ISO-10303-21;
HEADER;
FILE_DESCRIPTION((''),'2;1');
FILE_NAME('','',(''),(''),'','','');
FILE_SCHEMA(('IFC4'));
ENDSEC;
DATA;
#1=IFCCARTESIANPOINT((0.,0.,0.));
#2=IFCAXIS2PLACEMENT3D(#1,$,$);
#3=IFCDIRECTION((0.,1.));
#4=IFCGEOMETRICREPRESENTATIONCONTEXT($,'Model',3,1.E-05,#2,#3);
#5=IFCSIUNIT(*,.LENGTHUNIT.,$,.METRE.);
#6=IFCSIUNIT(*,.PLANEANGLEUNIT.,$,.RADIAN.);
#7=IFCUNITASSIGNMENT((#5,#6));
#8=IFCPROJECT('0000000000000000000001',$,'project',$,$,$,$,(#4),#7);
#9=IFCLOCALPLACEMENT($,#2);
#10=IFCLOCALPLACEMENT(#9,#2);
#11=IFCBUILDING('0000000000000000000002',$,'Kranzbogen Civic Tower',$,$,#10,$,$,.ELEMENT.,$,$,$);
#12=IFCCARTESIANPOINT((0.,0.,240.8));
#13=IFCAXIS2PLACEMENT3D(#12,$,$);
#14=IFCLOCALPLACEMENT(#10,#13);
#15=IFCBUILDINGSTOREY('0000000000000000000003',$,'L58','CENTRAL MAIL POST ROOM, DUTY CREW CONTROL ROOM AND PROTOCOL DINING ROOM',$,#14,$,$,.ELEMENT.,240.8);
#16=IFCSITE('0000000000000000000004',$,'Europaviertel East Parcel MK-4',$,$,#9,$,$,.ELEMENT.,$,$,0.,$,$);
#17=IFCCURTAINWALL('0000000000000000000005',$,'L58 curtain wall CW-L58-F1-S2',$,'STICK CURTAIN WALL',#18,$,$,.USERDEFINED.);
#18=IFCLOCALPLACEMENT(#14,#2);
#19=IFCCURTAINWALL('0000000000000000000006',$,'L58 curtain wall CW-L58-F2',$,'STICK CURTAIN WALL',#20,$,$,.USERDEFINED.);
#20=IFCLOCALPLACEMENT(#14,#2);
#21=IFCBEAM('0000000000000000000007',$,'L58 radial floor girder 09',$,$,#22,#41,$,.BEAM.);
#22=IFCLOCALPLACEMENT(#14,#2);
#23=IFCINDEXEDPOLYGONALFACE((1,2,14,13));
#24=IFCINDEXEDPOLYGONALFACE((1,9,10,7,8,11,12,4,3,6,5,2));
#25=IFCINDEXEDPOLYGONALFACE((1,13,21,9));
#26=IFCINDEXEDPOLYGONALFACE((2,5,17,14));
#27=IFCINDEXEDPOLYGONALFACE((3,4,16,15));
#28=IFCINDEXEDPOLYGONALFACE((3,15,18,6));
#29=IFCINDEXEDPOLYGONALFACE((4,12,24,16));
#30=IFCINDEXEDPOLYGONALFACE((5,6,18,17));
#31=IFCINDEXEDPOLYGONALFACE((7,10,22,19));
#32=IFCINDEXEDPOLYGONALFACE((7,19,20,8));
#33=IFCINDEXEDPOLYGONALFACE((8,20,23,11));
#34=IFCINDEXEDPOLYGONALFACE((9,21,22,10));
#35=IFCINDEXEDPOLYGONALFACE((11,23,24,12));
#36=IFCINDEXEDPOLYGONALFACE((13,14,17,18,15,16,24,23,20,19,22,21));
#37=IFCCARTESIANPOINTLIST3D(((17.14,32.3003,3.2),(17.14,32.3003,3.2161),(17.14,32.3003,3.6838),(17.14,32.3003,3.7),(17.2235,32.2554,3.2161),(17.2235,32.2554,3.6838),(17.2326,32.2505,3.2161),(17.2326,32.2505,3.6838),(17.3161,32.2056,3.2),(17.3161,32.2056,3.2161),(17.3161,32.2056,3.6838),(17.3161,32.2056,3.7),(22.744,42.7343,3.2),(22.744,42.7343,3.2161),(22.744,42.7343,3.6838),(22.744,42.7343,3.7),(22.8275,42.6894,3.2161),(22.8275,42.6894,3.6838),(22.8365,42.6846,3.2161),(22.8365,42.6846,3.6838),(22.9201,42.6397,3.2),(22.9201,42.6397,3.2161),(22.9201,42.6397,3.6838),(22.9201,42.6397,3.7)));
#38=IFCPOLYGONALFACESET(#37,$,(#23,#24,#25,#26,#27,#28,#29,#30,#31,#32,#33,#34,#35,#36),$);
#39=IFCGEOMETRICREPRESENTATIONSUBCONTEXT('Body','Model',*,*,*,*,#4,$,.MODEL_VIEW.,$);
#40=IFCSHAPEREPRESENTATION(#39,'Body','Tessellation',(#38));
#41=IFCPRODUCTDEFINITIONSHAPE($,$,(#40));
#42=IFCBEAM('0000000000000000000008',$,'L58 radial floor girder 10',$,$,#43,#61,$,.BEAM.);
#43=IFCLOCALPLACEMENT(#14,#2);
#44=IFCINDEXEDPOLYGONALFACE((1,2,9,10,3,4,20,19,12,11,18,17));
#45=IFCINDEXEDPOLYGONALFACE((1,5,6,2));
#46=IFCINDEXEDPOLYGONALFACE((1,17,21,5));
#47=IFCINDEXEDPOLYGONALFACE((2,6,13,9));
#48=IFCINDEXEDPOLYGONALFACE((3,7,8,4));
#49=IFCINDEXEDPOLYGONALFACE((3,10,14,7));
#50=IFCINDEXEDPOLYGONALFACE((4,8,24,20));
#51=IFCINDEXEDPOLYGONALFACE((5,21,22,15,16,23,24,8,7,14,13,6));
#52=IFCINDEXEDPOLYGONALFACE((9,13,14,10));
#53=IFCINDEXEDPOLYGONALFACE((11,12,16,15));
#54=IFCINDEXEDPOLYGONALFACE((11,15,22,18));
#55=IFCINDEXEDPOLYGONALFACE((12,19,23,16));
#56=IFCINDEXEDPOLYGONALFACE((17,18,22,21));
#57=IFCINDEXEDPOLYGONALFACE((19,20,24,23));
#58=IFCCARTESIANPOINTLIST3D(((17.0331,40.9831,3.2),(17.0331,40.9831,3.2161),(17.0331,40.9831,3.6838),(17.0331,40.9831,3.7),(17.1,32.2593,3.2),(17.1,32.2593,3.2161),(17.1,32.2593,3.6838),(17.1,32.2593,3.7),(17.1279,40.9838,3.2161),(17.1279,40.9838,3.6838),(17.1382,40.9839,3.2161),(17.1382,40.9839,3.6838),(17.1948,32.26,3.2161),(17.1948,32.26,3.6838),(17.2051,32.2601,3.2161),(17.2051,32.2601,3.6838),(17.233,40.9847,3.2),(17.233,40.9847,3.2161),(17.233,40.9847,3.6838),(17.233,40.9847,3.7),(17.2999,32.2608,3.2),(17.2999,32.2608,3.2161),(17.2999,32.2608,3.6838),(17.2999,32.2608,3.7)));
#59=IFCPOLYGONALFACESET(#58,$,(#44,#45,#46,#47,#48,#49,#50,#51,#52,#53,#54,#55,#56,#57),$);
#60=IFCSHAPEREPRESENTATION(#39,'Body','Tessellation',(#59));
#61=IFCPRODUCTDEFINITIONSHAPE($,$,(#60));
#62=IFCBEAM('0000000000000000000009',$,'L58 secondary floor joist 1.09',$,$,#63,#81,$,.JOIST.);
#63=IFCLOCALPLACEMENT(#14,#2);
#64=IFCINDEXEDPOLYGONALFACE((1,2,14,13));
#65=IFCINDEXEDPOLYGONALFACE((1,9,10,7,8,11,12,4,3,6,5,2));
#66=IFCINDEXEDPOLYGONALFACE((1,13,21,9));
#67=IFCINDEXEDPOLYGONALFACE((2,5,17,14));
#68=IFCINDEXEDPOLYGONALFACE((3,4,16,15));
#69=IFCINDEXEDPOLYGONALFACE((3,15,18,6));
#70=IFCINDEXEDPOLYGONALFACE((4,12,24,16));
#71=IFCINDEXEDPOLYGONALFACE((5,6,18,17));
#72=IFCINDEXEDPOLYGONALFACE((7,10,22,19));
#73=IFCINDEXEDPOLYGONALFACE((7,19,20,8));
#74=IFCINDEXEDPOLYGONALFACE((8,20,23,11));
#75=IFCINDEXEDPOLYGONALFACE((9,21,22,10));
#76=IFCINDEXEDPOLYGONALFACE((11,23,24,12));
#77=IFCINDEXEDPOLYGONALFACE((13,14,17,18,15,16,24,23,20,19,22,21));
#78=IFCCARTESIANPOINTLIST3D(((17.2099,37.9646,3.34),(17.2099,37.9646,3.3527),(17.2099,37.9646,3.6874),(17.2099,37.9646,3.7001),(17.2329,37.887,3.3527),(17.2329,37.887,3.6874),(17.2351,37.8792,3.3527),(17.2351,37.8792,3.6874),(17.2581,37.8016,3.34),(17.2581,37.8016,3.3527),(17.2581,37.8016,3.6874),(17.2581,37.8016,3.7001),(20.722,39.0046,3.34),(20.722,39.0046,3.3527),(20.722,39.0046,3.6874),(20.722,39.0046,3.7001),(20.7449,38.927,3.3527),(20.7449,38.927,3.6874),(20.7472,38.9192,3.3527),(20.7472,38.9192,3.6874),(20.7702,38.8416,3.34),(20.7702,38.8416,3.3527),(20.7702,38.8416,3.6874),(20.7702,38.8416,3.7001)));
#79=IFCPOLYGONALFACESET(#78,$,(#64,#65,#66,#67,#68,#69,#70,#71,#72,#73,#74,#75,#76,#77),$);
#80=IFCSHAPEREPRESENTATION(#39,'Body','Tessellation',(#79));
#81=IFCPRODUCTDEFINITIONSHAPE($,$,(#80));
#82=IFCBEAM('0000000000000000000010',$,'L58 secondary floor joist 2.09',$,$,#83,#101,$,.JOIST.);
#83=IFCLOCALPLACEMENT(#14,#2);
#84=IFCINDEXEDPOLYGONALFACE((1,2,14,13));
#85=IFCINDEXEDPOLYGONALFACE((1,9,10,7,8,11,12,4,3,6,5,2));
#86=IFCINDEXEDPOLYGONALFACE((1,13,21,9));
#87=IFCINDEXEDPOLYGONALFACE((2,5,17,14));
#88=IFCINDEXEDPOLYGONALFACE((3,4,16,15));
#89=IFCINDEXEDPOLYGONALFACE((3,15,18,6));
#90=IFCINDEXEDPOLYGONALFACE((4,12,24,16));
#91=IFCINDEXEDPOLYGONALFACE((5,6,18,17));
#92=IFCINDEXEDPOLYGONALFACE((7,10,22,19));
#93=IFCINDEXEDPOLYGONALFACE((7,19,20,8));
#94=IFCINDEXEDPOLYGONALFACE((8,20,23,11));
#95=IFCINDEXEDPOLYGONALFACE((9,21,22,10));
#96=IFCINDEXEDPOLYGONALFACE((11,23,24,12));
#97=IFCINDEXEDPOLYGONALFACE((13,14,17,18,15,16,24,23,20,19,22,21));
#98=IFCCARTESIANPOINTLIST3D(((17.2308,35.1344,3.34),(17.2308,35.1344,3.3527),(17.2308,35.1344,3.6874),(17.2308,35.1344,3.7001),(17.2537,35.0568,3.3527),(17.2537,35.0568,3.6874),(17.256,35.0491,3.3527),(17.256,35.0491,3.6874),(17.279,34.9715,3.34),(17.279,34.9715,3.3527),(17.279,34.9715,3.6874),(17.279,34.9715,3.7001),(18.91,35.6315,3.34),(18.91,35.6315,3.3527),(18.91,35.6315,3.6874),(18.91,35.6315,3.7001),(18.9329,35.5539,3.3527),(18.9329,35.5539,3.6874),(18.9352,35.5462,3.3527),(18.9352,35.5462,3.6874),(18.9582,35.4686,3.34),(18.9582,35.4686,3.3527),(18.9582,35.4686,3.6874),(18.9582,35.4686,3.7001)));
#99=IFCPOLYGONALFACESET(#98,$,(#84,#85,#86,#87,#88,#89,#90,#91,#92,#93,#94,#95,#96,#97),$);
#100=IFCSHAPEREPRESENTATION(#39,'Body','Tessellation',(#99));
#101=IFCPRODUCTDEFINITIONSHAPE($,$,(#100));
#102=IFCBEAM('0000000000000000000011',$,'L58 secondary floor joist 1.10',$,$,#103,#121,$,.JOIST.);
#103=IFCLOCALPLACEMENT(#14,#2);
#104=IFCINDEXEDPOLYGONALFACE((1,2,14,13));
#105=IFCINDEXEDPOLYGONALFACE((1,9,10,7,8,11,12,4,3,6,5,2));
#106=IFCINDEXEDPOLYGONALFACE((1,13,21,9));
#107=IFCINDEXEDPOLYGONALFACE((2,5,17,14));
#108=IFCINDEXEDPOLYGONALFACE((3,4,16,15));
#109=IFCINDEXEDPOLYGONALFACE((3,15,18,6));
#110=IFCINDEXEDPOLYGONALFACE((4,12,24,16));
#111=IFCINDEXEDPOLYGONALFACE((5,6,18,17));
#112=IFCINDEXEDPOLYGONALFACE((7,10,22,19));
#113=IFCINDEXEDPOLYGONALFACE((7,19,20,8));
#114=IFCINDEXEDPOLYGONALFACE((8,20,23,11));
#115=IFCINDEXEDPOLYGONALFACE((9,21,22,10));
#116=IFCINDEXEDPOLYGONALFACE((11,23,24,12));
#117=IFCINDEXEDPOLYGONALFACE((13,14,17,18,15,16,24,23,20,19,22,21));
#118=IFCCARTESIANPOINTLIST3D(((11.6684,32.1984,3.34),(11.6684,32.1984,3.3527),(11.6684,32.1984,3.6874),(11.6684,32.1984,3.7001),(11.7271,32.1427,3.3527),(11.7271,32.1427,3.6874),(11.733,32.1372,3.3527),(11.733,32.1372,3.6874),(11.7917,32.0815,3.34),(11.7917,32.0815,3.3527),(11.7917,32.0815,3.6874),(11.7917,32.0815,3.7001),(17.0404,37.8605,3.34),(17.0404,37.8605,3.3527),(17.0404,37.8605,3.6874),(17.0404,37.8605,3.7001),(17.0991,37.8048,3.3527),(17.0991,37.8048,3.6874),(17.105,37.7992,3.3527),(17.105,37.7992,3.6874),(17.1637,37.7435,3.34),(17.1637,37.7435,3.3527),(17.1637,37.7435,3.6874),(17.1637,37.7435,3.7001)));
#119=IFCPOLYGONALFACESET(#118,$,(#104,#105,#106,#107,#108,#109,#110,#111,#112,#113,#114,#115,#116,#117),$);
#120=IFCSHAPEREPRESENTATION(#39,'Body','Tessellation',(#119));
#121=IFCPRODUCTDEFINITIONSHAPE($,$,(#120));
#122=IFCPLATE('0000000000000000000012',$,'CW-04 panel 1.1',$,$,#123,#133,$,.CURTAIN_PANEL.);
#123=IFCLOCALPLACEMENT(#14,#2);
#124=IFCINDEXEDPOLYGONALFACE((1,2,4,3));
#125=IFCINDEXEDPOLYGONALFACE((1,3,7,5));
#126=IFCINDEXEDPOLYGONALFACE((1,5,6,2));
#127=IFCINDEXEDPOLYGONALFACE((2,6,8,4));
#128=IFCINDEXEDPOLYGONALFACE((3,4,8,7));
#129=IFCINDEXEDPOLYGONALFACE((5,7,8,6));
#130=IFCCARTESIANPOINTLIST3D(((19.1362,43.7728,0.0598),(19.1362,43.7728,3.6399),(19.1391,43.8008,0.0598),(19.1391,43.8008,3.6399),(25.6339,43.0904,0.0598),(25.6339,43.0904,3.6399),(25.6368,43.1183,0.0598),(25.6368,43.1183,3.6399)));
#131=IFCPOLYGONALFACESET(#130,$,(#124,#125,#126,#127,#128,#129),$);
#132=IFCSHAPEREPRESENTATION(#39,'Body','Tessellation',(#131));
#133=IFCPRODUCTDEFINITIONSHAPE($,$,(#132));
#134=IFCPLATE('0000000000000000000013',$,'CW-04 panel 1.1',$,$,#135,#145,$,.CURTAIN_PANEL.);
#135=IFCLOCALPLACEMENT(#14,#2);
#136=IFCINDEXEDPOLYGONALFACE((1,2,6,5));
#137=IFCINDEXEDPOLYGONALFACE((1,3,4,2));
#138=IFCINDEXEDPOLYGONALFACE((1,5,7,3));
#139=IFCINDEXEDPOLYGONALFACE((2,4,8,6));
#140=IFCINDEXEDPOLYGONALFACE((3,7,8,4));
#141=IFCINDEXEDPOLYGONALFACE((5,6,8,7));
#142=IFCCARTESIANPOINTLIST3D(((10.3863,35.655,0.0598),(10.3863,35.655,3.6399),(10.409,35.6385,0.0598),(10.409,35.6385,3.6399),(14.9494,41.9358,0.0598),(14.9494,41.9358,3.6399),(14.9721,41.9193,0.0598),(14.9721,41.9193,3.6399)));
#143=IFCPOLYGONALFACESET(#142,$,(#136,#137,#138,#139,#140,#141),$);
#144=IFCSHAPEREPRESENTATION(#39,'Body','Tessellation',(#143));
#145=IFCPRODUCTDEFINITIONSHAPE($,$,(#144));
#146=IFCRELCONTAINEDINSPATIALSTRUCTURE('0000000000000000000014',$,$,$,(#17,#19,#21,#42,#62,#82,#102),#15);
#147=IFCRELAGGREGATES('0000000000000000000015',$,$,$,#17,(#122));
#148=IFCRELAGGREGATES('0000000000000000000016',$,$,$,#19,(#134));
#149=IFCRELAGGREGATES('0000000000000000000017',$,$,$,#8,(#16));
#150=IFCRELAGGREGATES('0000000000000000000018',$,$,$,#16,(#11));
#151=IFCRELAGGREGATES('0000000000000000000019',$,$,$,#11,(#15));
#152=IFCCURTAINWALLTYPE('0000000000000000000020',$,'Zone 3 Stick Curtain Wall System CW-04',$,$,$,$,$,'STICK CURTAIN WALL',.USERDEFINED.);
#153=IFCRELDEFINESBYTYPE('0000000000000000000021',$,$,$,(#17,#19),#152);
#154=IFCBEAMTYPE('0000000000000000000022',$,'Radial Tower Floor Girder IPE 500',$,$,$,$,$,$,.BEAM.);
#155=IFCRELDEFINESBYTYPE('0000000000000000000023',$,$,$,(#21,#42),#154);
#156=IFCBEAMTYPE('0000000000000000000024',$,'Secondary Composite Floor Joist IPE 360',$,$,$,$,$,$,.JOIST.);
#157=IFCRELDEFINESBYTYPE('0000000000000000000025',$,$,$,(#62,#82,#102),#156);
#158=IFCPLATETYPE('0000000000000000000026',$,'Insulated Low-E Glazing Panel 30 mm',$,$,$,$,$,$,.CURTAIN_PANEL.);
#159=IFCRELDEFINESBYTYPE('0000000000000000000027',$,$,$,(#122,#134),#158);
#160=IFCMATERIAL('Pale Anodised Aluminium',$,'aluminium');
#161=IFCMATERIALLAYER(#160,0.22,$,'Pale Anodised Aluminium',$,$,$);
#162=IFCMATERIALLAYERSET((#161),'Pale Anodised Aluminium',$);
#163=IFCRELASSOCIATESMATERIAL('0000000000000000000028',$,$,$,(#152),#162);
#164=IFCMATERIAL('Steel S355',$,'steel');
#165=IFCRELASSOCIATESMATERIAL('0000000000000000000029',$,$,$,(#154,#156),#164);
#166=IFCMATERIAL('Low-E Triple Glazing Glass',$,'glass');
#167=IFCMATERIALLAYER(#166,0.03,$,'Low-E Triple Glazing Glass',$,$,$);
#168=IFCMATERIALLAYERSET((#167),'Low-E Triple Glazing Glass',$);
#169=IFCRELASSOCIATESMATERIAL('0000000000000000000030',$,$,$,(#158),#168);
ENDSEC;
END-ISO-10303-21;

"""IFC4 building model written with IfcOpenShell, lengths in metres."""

from ifc_helpers import new_model, si_unit, direction, frame, origin, origin_2d, place, context, subcontext, project, spatial, rectangle, i_section, extrude, material, layer, layer_set, material_profile, profile_set, type_object, element, aggregate, save


model = new_model("IFC4")

# Units and contexts
model_context = context("Model", 3, precision=1e-05, world=origin(), true_north=direction((0.0, 1.0)))
body_context = subcontext(model_context, "Body", "Model", "MODEL_VIEW")
ifc_project = project(units=[si_unit("LENGTHUNIT", "METRE"), si_unit("PLANEANGLEUNIT", "RADIAN")], contexts=[model_context])

# Site, building, storey
site_placement = place(None, origin())
site = spatial("IfcSite", under=ifc_project, at=site_placement, Name="Europaviertel East Parcel MK-4", CompositionType="ELEMENT", RefElevation=0.0)
building_placement = place(site_placement, origin())
building = spatial("IfcBuilding", under=site, at=building_placement, Name="Kranzbogen Civic Tower", CompositionType="ELEMENT")
storey_placement = place(building_placement, frame((0.0, 0.0, 240.8)))
storey = spatial("IfcBuildingStorey", under=building, at=storey_placement, Name="L58", Description="CENTRAL MAIL POST ROOM, DUTY CREW CONTROL ROOM AND PROTOCOL DINING ROOM", CompositionType="ELEMENT", Elevation=240.8)

# Shared definitions
ifc_material_1 = material(Name="Steel S355", Category="steel")

# Curtain wall
ifc_material_2 = material(Name="Pale Anodised Aluminium", Category="aluminium")
ifc_layer_1 = layer(ifc_material_2, 0.22, Name="Pale Anodised Aluminium")
ifc_layer_set_1 = layer_set([ifc_layer_1], Name="Pale Anodised Aluminium")
curtain_wall_type = type_object("IfcCurtainWallType", Name="Zone 3 Stick Curtain Wall System CW-04", ElementType="STICK CURTAIN WALL", PredefinedType="USERDEFINED", material=ifc_layer_set_1)
curtain_wall_1_placement = place(storey_placement, origin())
curtain_wall_1 = element("IfcCurtainWall", 1, at=curtain_wall_1_placement, inside=storey, type_object=curtain_wall_type, Name="L58 curtain wall CW-L58-F1-S2", ObjectType="STICK CURTAIN WALL", PredefinedType="USERDEFINED")

# Curtain wall
curtain_wall_2_placement = place(storey_placement, origin())
curtain_wall_2 = element("IfcCurtainWall", 2, at=curtain_wall_2_placement, inside=storey, type_object=curtain_wall_type, Name="L58 curtain wall CW-L58-F2", ObjectType="STICK CURTAIN WALL", PredefinedType="USERDEFINED")

# Beams
ifc_material_profile_1 = material_profile(ifc_material_1, i_section(OverallWidth=0.2, OverallDepth=0.5, WebThickness=0.0103, FlangeThickness=0.0161, at=origin_2d()), Name="IPE 500")
ifc_profile_set_1 = profile_set([ifc_material_profile_1], Name="Steel S355")
beam_type_1 = type_object("IfcBeamType", Name="Radial Tower Floor Girder IPE 500", PredefinedType="BEAM", material=ifc_profile_set_1)
beam_1_placement = place(storey_placement, frame((22.832, 42.687, 3.45), z_axis=(-0.47316, -0.880976, 0.0), x_axis=(0.880976, -0.47316, 0.0)))
element("IfcBeam", 3, at=beam_1_placement, inside=storey, type_object=beam_type_1, Name="L58 radial floor girder 09", PredefinedType="BEAM", context=body_context, shape_type="SweptSolid", body=[
    extrude(i_section(OverallWidth=0.2, OverallDepth=0.5, WebThickness=0.0103, FlangeThickness=0.0161, at=origin_2d()), origin(), (0.0, 0.0, 1.0), 11.8438),
])
beam_2_placement = place(storey_placement, frame((17.1331, 40.9839, 3.45), z_axis=(0.007668, -0.999971, 0.0), x_axis=(0.999971, 0.007668, 0.0)))
element("IfcBeam", 4, at=beam_2_placement, inside=storey, type_object=beam_type_1, Name="L58 radial floor girder 10", PredefinedType="BEAM", context=body_context, shape_type="SweptSolid", body=[
    extrude(i_section(OverallWidth=0.2, OverallDepth=0.5, WebThickness=0.0103, FlangeThickness=0.0161, at=origin_2d()), origin(), (0.0, 0.0, 1.0), 8.7241),
])
ifc_material_profile_2 = material_profile(ifc_material_1, i_section(OverallWidth=0.1699, OverallDepth=0.3601, WebThickness=0.0081, FlangeThickness=0.0127, at=origin_2d()), Name="IPE 360")
ifc_profile_set_2 = profile_set([ifc_material_profile_2], Name="Steel S355")
beam_type_2 = type_object("IfcBeamType", Name="Secondary Composite Floor Joist IPE 360", PredefinedType="JOIST", material=ifc_profile_set_2)
beam_3_placement = place(storey_placement, frame((20.7461, 38.9231, 3.52), z_axis=(-0.958844, -0.283934, 0.0), x_axis=(0.283934, -0.958844, 0.0)))
element("IfcBeam", 5, at=beam_3_placement, inside=storey, type_object=beam_type_2, Name="L58 secondary floor joist 1.09", PredefinedType="JOIST", context=body_context, shape_type="SweptSolid", body=[
    extrude(i_section(OverallWidth=0.1699, OverallDepth=0.3601, WebThickness=0.0081, FlangeThickness=0.0127, at=origin_2d()), origin(), (0.0, 0.0, 1.0), 3.6628),
])
beam_4_placement = place(storey_placement, frame((18.9341, 35.55, 3.52), z_axis=(-0.958871, -0.283841, 0.0), x_axis=(0.283841, -0.958871, 0.0)))
element("IfcBeam", 6, at=beam_4_placement, inside=storey, type_object=beam_type_2, Name="L58 secondary floor joist 2.09", PredefinedType="JOIST", context=body_context, shape_type="SweptSolid", body=[
    extrude(i_section(OverallWidth=0.1699, OverallDepth=0.3601, WebThickness=0.0081, FlangeThickness=0.0127, at=origin_2d()), origin(), (0.0, 0.0, 1.0), 1.7512),
])
beam_5_placement = place(storey_placement, frame((17.1021, 37.802, 3.52), z_axis=(-0.688282, -0.725443, 0.0), x_axis=(0.725443, -0.688282, 0.0)))
element("IfcBeam", 7, at=beam_5_placement, inside=storey, type_object=beam_type_2, Name="L58 secondary floor joist 1.10", PredefinedType="JOIST", context=body_context, shape_type="SweptSolid", body=[
    extrude(i_section(OverallWidth=0.1699, OverallDepth=0.3601, WebThickness=0.0081, FlangeThickness=0.0127, at=origin_2d()), origin(), (0.0, 0.0, 1.0), 7.8049),
])

# Plates
ifc_material_3 = material(Name="Low-E Triple Glazing Glass", Category="glass")
ifc_layer_2 = layer(ifc_material_3, 0.03, Name="Low-E Triple Glazing Glass")
ifc_layer_set_2 = layer_set([ifc_layer_2], Name="Low-E Triple Glazing Glass")
plate_type = type_object("IfcPlateType", Name="Insulated Low-E Glazing Panel 30 mm", PredefinedType="CURTAIN_PANEL", material=ifc_layer_set_2)
plate_1_placement = place(storey_placement, frame((22.3865, 43.4456, 0.0598), z_axis=(0.0, 0.0, 1.0), x_axis=(-0.994529, 0.104458, 0.0)))
plate_1 = element("IfcPlate", 8, at=plate_1_placement, type_object=plate_type, Name="CW-04 panel 1.1", PredefinedType="CURTAIN_PANEL", context=body_context, shape_type="SweptSolid", body=[
    extrude(rectangle(XDim=6.5334, YDim=0.0281, at=origin_2d()), origin(), (0.0, 0.0, 1.0), 3.5801),
])
aggregate(curtain_wall_1, [plate_1])
plate_2_placement = place(storey_placement, frame((12.6792, 38.7871, 0.0598), z_axis=(0.0, 0.0, 1.0), x_axis=(-0.587778, -0.809022, 0.0)))
plate_2 = element("IfcPlate", 9, at=plate_2_placement, type_object=plate_type, Name="CW-04 panel 1.1", PredefinedType="CURTAIN_PANEL", context=body_context, shape_type="SweptSolid", body=[
    extrude(rectangle(XDim=7.7634, YDim=0.0281, at=origin_2d()), origin(), (0.0, 0.0, 1.0), 3.5801),
])
aggregate(curtain_wall_2, [plate_2])

save(model, "model.ifc")
